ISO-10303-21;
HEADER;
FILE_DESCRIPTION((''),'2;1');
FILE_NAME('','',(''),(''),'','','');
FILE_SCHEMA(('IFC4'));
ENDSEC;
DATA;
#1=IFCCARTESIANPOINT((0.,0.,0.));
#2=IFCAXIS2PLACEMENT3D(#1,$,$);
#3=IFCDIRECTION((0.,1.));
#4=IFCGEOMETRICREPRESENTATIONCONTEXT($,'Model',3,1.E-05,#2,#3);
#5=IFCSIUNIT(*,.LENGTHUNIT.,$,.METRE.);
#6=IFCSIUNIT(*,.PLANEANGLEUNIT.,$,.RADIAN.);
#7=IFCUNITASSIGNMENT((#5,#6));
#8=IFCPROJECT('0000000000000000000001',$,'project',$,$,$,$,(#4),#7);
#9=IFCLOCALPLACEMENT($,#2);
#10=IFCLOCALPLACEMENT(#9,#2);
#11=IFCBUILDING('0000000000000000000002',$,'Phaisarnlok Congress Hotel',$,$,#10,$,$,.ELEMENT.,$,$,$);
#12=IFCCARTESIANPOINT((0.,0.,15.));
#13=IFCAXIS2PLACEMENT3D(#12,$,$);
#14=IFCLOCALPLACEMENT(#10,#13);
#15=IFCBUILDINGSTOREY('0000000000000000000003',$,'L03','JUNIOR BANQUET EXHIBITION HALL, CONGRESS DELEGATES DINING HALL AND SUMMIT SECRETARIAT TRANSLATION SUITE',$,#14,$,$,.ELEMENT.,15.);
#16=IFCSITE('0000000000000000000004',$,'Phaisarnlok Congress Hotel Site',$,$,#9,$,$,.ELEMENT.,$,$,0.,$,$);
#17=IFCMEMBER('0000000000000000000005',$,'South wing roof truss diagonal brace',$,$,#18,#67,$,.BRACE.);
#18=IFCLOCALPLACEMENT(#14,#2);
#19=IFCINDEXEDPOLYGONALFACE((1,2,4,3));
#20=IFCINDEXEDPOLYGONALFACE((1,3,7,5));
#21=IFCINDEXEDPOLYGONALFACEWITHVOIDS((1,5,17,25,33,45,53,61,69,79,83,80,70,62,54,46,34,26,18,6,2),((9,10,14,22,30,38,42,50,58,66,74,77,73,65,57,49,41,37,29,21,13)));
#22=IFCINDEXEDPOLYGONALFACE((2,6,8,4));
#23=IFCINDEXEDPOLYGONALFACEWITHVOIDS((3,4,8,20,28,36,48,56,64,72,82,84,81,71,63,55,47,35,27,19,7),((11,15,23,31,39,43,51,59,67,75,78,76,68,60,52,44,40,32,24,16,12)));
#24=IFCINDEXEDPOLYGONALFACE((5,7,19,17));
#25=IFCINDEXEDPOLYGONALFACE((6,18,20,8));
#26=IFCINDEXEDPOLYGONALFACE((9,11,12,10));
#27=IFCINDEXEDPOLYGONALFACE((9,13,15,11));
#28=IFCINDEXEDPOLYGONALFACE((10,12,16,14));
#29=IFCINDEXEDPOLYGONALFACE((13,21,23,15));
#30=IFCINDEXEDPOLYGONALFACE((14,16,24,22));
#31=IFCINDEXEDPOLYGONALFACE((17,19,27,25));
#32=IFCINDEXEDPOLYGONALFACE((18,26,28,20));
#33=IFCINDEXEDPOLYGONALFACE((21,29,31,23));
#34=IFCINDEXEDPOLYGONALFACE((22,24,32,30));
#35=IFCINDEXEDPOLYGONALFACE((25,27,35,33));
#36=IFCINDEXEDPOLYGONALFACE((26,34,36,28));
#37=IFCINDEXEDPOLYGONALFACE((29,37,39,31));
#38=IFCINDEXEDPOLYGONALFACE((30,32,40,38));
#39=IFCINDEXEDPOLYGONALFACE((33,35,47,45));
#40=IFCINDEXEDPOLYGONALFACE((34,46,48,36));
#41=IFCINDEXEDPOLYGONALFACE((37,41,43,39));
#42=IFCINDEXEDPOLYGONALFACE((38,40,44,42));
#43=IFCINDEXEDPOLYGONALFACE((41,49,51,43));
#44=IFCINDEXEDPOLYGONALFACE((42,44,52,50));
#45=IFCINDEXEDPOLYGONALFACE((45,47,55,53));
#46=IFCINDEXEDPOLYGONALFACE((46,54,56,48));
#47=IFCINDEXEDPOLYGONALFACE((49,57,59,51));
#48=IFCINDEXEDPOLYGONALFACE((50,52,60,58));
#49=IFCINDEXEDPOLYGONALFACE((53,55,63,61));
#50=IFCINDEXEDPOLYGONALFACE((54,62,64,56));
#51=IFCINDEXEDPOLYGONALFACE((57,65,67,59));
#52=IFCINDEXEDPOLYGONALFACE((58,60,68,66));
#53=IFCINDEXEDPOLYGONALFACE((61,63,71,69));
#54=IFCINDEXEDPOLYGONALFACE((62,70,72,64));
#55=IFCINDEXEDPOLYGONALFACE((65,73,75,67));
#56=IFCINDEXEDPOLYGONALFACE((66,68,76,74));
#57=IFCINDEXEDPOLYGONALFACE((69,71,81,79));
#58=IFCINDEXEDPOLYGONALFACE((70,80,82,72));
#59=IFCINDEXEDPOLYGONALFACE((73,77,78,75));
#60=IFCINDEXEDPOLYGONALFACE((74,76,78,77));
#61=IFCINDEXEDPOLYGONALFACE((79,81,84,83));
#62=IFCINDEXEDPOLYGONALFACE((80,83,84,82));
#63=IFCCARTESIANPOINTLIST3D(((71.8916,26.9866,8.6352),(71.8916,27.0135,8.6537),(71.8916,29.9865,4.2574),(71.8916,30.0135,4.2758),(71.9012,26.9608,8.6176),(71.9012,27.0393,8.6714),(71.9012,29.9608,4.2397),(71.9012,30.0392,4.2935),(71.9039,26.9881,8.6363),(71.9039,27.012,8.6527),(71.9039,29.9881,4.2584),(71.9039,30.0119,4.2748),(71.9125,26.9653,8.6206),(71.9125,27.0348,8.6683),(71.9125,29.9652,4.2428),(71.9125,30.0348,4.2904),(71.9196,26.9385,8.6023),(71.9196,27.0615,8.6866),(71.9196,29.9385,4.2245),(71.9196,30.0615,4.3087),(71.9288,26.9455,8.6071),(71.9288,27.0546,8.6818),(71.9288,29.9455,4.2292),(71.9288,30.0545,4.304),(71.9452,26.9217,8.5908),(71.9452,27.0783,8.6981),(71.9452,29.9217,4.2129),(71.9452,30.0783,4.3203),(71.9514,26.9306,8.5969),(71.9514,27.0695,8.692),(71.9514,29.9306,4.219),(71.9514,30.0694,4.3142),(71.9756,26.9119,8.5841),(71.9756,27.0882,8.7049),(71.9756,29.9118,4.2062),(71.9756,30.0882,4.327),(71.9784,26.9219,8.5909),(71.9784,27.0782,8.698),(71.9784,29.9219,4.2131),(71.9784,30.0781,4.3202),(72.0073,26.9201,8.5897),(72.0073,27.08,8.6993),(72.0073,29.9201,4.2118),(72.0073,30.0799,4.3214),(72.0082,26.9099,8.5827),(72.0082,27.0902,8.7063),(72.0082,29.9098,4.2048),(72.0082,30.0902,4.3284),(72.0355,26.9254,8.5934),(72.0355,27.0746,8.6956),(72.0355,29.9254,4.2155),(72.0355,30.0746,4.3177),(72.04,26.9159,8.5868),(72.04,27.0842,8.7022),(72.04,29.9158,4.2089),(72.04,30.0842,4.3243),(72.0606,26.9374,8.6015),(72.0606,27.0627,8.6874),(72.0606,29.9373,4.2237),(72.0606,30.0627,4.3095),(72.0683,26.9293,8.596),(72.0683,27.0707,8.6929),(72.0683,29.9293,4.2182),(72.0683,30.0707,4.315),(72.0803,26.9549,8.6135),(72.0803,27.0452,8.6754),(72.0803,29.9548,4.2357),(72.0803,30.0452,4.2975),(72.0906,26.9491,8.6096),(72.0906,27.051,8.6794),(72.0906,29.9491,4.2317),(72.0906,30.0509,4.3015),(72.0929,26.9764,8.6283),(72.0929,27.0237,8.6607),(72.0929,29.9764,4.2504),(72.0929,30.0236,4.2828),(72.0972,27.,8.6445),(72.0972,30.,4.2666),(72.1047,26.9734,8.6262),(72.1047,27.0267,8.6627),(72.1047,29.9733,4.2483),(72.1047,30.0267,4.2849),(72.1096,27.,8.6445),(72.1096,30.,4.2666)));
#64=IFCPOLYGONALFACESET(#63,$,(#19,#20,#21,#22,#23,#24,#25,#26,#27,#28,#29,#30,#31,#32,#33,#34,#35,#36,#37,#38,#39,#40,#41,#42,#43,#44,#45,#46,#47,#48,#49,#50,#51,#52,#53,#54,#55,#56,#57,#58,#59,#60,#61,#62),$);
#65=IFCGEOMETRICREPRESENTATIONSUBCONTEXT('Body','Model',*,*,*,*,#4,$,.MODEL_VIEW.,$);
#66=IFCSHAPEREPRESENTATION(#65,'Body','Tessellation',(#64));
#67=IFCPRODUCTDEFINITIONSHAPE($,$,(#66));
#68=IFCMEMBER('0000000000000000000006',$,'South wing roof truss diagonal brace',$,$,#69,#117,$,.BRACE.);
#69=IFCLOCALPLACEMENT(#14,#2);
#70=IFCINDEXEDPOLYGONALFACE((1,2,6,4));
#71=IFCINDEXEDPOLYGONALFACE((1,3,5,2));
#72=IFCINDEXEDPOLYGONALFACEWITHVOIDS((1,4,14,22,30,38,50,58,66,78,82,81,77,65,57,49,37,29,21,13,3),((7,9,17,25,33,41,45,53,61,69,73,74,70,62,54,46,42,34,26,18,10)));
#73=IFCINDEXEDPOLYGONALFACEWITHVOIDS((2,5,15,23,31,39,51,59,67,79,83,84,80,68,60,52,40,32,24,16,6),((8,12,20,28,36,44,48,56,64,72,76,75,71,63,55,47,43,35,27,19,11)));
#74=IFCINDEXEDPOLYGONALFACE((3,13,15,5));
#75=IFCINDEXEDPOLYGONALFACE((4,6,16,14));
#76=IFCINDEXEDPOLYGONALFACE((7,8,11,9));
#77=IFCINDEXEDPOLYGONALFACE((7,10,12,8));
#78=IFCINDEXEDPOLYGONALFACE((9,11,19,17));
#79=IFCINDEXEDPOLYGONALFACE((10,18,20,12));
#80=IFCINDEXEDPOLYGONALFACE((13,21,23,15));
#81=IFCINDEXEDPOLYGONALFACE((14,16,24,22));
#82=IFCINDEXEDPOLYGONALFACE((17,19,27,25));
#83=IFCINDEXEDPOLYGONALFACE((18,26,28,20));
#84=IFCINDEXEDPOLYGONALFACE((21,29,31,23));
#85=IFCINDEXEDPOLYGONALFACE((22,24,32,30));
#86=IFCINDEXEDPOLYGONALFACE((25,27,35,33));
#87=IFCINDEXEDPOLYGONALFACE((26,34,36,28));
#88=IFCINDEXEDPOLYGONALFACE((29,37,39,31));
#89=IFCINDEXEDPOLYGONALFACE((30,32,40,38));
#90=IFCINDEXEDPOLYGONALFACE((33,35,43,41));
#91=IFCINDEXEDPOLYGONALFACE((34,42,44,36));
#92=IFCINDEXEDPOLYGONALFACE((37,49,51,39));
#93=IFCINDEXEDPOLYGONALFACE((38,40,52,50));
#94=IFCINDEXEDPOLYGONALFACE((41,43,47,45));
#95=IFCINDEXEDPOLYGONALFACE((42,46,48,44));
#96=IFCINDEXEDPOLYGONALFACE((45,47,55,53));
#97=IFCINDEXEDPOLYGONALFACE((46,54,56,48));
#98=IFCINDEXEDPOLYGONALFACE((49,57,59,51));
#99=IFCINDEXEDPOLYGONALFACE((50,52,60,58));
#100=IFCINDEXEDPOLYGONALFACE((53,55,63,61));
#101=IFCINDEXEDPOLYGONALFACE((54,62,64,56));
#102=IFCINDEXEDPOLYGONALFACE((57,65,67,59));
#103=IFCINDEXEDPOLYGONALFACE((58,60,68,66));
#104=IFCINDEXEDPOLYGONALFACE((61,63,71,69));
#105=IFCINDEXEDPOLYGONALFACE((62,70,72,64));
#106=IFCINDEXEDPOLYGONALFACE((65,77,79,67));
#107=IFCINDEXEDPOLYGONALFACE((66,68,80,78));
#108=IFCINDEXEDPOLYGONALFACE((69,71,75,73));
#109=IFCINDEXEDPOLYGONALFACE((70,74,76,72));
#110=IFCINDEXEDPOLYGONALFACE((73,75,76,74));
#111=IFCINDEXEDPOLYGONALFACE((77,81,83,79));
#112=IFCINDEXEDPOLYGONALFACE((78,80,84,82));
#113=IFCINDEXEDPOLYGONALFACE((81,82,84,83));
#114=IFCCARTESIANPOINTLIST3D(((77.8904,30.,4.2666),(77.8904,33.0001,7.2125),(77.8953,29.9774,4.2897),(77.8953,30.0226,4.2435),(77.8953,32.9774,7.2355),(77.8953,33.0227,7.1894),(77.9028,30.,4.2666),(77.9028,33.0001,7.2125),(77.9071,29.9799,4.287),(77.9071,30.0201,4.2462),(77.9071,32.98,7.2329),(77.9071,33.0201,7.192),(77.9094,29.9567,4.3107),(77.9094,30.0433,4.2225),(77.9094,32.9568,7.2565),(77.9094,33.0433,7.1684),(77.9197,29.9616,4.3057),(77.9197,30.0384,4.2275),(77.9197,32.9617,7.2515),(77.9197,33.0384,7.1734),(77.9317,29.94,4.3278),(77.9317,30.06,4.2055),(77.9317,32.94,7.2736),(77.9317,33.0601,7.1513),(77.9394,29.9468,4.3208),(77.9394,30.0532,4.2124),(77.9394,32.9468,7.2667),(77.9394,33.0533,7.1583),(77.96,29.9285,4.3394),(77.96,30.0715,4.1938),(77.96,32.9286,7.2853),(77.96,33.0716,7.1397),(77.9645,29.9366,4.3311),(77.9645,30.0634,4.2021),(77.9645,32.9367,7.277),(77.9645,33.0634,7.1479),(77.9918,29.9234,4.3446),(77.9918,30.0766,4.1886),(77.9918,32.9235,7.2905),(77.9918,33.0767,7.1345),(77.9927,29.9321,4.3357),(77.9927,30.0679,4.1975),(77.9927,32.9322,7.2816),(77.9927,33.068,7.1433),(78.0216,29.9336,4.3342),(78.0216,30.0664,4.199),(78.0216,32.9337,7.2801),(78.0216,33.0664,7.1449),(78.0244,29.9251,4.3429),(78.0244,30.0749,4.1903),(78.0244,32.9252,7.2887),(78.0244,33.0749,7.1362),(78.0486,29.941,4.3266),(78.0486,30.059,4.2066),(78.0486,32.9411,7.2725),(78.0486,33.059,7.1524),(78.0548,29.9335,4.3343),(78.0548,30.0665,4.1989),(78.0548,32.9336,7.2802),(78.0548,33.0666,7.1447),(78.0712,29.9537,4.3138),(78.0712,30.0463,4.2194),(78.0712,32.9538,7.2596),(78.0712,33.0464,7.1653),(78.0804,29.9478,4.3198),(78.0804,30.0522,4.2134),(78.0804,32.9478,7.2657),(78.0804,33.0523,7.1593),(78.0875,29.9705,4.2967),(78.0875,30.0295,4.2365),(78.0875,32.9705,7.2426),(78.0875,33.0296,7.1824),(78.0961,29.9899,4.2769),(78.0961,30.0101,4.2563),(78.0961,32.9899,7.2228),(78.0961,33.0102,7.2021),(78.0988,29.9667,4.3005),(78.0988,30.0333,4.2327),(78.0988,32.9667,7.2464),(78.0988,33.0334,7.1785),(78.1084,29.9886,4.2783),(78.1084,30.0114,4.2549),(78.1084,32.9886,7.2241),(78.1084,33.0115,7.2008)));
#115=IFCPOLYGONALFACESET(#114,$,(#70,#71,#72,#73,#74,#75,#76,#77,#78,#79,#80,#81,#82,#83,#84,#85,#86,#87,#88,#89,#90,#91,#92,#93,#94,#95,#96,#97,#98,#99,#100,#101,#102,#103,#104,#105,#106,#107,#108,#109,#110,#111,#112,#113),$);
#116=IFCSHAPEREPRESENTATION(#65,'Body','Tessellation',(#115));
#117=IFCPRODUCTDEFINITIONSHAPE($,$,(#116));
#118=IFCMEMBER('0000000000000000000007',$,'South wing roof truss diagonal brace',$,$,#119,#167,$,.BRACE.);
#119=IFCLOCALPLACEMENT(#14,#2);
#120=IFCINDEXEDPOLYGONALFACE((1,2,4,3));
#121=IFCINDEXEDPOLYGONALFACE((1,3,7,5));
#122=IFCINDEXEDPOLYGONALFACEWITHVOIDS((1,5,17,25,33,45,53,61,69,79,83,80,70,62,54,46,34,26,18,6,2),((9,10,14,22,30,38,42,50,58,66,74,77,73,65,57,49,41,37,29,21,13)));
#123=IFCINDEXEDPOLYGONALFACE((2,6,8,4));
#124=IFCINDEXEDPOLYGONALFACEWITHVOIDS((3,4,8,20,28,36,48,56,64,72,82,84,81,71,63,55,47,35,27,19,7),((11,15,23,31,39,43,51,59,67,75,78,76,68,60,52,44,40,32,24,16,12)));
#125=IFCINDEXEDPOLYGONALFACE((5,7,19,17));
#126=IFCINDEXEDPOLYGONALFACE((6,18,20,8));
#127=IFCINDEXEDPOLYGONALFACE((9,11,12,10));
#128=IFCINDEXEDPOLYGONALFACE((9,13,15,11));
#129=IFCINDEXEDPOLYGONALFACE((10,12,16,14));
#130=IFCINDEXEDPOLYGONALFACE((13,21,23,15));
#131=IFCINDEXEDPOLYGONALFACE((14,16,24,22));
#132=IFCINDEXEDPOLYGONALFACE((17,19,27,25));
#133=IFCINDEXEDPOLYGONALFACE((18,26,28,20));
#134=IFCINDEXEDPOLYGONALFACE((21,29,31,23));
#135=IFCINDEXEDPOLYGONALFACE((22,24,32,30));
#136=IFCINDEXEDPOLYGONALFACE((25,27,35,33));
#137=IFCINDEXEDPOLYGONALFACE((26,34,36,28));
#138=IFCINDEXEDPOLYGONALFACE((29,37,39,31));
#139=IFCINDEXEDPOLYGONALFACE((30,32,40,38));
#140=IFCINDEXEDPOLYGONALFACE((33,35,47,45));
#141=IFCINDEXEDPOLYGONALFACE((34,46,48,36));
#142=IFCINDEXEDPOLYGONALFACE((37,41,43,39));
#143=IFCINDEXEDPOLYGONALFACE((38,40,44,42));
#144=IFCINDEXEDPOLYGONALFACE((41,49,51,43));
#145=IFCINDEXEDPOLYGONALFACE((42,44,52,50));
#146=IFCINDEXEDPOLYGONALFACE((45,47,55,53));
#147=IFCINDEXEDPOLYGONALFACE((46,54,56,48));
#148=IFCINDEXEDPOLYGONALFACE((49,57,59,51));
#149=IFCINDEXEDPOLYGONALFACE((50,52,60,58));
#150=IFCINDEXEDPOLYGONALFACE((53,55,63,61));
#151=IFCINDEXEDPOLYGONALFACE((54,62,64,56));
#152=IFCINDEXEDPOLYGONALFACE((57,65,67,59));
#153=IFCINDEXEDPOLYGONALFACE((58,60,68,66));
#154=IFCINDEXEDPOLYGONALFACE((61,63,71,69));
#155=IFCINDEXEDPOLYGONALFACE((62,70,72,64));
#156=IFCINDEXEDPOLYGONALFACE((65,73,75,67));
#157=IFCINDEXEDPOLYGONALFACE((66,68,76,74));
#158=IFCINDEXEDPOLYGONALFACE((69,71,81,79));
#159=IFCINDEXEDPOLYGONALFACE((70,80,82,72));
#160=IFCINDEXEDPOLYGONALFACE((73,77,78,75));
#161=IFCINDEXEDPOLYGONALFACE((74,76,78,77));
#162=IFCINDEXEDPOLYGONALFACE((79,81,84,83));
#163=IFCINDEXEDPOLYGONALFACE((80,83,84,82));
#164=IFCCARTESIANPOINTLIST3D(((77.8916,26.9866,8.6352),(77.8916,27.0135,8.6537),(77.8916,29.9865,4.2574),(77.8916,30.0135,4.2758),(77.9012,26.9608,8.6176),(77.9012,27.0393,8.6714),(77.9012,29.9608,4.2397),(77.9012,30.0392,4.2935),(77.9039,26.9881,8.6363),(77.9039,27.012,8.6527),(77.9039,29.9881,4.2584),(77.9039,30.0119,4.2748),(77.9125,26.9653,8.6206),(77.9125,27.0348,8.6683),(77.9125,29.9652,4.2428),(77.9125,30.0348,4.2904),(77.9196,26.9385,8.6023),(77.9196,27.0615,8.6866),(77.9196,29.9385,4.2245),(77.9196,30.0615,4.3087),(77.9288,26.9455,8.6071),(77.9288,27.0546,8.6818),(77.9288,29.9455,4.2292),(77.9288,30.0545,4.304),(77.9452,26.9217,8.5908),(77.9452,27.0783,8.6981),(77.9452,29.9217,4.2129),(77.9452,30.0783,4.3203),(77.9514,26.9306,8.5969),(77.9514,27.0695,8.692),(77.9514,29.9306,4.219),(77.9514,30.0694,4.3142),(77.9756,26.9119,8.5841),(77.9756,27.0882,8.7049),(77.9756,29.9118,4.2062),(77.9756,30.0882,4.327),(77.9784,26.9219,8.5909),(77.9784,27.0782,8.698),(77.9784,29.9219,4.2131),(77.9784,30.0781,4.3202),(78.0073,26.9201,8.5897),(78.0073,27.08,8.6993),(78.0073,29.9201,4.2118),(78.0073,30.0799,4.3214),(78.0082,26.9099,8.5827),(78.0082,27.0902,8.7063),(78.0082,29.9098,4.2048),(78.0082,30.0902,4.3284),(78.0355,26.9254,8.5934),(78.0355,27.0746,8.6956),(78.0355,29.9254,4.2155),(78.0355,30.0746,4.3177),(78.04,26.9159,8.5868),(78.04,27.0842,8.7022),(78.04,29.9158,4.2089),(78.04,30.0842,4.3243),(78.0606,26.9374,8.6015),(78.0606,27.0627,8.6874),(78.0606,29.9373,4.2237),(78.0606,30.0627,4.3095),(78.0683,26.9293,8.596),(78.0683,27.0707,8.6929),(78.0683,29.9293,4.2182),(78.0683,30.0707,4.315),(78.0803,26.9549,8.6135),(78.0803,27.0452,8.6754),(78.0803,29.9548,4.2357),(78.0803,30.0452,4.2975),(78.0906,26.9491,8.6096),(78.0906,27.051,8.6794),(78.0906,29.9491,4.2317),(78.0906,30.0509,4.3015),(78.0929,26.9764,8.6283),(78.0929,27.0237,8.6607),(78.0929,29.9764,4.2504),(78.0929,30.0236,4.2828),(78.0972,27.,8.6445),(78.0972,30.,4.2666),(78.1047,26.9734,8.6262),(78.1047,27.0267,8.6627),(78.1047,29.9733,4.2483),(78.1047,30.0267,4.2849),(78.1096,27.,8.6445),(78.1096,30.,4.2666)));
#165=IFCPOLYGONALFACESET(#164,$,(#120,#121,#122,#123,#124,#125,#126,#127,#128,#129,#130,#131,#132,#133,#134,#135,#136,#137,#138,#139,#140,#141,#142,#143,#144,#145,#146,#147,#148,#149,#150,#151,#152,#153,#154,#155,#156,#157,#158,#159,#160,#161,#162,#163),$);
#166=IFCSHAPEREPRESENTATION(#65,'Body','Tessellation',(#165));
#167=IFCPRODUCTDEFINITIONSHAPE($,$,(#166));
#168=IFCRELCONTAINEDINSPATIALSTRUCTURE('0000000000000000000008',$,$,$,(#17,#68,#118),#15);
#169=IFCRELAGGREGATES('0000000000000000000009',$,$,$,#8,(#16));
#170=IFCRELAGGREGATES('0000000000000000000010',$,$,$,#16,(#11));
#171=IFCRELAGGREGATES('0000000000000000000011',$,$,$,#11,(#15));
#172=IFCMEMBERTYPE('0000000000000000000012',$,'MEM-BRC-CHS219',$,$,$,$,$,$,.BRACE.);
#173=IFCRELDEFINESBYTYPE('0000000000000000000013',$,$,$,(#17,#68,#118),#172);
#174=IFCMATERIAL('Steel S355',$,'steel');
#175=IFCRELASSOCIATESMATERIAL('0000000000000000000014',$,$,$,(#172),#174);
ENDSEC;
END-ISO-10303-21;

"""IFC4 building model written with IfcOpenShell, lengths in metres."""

from ifc_helpers import new_model, si_unit, direction, frame, origin, origin_2d, place, context, subcontext, project, spatial, hollow_circle, extrude, material, material_profile, profile_set, type_object, element, save


model = new_model("IFC4")

# Units and contexts
model_context = context("Model", 3, precision=1e-05, world=origin(), true_north=direction((0.0, 1.0)))
body_context = subcontext(model_context, "Body", "Model", "MODEL_VIEW")
ifc_project = project(units=[si_unit("LENGTHUNIT", "METRE"), si_unit("PLANEANGLEUNIT", "RADIAN")], contexts=[model_context])

# Site, building, storey
site_placement = place(None, origin())
site = spatial("IfcSite", under=ifc_project, at=site_placement, Name="Phaisarnlok Congress Hotel Site", CompositionType="ELEMENT", RefElevation=0.0)
building_placement = place(site_placement, origin())
building = spatial("IfcBuilding", under=site, at=building_placement, Name="Phaisarnlok Congress Hotel", CompositionType="ELEMENT")
storey_placement = place(building_placement, frame((0.0, 0.0, 15.0)))
storey = spatial("IfcBuildingStorey", under=building, at=storey_placement, Name="L03", Description="JUNIOR BANQUET EXHIBITION HALL, CONGRESS DELEGATES DINING HALL AND SUMMIT SECRETARIAT TRANSLATION SUITE", CompositionType="ELEMENT", Elevation=15.0)

# Shared definitions
ifc_material_1 = material(Name="Steel S355", Category="steel")

# Members
ifc_material_profile_1 = material_profile(ifc_material_1, hollow_circle(Radius=0.1096, WallThickness=0.0125, at=origin_2d()), Name="CHS 219.1x12.5")
ifc_profile_set_1 = profile_set([ifc_material_profile_1], Name="Steel S355")
member_type_1 = type_object("IfcMemberType", Name="MEM-BRC-CHS219", PredefinedType="BRACE", material=ifc_profile_set_1)
member_1_placement = place(storey_placement, frame((72.0, 30.0, 4.2666), z_axis=(0.0, -0.565271, 0.824905), x_axis=(1.0, 0.0, 0.0)))
element("IfcMember", 1, at=member_1_placement, inside=storey, type_object=member_type_1, Name="South wing roof truss diagonal brace", PredefinedType="BRACE", context=body_context, shape_type="SweptSolid", body=[
    extrude(hollow_circle(Radius=0.1096, WallThickness=0.0125, at=origin_2d()), origin(), (0.0, 0.0, 1.0), 5.3071),
])
member_2_placement = place(storey_placement, frame((78.0, 30.0, 4.2666), z_axis=(0.0, 0.713523, 0.700632), x_axis=(-1.0, 0.0, 0.0)))
element("IfcMember", 2, at=member_2_placement, inside=storey, type_object=member_type_1, Name="South wing roof truss diagonal brace", PredefinedType="BRACE", context=body_context, shape_type="SweptSolid", body=[
    extrude(hollow_circle(Radius=0.1096, WallThickness=0.0125, at=origin_2d()), origin(), (0.0, 0.0, 1.0), 4.2046),
])
member_3_placement = place(storey_placement, frame((78.0, 30.0, 4.2666), z_axis=(0.0, -0.565271, 0.824905), x_axis=(1.0, 0.0, 0.0)))
element("IfcMember", 3, at=member_3_placement, inside=storey, type_object=member_type_1, Name="South wing roof truss diagonal brace", PredefinedType="BRACE", context=body_context, shape_type="SweptSolid", body=[
    extrude(hollow_circle(Radius=0.1096, WallThickness=0.0125, at=origin_2d()), origin(), (0.0, 0.0, 1.0), 5.3071),
])

save(model, "model.ifc")
